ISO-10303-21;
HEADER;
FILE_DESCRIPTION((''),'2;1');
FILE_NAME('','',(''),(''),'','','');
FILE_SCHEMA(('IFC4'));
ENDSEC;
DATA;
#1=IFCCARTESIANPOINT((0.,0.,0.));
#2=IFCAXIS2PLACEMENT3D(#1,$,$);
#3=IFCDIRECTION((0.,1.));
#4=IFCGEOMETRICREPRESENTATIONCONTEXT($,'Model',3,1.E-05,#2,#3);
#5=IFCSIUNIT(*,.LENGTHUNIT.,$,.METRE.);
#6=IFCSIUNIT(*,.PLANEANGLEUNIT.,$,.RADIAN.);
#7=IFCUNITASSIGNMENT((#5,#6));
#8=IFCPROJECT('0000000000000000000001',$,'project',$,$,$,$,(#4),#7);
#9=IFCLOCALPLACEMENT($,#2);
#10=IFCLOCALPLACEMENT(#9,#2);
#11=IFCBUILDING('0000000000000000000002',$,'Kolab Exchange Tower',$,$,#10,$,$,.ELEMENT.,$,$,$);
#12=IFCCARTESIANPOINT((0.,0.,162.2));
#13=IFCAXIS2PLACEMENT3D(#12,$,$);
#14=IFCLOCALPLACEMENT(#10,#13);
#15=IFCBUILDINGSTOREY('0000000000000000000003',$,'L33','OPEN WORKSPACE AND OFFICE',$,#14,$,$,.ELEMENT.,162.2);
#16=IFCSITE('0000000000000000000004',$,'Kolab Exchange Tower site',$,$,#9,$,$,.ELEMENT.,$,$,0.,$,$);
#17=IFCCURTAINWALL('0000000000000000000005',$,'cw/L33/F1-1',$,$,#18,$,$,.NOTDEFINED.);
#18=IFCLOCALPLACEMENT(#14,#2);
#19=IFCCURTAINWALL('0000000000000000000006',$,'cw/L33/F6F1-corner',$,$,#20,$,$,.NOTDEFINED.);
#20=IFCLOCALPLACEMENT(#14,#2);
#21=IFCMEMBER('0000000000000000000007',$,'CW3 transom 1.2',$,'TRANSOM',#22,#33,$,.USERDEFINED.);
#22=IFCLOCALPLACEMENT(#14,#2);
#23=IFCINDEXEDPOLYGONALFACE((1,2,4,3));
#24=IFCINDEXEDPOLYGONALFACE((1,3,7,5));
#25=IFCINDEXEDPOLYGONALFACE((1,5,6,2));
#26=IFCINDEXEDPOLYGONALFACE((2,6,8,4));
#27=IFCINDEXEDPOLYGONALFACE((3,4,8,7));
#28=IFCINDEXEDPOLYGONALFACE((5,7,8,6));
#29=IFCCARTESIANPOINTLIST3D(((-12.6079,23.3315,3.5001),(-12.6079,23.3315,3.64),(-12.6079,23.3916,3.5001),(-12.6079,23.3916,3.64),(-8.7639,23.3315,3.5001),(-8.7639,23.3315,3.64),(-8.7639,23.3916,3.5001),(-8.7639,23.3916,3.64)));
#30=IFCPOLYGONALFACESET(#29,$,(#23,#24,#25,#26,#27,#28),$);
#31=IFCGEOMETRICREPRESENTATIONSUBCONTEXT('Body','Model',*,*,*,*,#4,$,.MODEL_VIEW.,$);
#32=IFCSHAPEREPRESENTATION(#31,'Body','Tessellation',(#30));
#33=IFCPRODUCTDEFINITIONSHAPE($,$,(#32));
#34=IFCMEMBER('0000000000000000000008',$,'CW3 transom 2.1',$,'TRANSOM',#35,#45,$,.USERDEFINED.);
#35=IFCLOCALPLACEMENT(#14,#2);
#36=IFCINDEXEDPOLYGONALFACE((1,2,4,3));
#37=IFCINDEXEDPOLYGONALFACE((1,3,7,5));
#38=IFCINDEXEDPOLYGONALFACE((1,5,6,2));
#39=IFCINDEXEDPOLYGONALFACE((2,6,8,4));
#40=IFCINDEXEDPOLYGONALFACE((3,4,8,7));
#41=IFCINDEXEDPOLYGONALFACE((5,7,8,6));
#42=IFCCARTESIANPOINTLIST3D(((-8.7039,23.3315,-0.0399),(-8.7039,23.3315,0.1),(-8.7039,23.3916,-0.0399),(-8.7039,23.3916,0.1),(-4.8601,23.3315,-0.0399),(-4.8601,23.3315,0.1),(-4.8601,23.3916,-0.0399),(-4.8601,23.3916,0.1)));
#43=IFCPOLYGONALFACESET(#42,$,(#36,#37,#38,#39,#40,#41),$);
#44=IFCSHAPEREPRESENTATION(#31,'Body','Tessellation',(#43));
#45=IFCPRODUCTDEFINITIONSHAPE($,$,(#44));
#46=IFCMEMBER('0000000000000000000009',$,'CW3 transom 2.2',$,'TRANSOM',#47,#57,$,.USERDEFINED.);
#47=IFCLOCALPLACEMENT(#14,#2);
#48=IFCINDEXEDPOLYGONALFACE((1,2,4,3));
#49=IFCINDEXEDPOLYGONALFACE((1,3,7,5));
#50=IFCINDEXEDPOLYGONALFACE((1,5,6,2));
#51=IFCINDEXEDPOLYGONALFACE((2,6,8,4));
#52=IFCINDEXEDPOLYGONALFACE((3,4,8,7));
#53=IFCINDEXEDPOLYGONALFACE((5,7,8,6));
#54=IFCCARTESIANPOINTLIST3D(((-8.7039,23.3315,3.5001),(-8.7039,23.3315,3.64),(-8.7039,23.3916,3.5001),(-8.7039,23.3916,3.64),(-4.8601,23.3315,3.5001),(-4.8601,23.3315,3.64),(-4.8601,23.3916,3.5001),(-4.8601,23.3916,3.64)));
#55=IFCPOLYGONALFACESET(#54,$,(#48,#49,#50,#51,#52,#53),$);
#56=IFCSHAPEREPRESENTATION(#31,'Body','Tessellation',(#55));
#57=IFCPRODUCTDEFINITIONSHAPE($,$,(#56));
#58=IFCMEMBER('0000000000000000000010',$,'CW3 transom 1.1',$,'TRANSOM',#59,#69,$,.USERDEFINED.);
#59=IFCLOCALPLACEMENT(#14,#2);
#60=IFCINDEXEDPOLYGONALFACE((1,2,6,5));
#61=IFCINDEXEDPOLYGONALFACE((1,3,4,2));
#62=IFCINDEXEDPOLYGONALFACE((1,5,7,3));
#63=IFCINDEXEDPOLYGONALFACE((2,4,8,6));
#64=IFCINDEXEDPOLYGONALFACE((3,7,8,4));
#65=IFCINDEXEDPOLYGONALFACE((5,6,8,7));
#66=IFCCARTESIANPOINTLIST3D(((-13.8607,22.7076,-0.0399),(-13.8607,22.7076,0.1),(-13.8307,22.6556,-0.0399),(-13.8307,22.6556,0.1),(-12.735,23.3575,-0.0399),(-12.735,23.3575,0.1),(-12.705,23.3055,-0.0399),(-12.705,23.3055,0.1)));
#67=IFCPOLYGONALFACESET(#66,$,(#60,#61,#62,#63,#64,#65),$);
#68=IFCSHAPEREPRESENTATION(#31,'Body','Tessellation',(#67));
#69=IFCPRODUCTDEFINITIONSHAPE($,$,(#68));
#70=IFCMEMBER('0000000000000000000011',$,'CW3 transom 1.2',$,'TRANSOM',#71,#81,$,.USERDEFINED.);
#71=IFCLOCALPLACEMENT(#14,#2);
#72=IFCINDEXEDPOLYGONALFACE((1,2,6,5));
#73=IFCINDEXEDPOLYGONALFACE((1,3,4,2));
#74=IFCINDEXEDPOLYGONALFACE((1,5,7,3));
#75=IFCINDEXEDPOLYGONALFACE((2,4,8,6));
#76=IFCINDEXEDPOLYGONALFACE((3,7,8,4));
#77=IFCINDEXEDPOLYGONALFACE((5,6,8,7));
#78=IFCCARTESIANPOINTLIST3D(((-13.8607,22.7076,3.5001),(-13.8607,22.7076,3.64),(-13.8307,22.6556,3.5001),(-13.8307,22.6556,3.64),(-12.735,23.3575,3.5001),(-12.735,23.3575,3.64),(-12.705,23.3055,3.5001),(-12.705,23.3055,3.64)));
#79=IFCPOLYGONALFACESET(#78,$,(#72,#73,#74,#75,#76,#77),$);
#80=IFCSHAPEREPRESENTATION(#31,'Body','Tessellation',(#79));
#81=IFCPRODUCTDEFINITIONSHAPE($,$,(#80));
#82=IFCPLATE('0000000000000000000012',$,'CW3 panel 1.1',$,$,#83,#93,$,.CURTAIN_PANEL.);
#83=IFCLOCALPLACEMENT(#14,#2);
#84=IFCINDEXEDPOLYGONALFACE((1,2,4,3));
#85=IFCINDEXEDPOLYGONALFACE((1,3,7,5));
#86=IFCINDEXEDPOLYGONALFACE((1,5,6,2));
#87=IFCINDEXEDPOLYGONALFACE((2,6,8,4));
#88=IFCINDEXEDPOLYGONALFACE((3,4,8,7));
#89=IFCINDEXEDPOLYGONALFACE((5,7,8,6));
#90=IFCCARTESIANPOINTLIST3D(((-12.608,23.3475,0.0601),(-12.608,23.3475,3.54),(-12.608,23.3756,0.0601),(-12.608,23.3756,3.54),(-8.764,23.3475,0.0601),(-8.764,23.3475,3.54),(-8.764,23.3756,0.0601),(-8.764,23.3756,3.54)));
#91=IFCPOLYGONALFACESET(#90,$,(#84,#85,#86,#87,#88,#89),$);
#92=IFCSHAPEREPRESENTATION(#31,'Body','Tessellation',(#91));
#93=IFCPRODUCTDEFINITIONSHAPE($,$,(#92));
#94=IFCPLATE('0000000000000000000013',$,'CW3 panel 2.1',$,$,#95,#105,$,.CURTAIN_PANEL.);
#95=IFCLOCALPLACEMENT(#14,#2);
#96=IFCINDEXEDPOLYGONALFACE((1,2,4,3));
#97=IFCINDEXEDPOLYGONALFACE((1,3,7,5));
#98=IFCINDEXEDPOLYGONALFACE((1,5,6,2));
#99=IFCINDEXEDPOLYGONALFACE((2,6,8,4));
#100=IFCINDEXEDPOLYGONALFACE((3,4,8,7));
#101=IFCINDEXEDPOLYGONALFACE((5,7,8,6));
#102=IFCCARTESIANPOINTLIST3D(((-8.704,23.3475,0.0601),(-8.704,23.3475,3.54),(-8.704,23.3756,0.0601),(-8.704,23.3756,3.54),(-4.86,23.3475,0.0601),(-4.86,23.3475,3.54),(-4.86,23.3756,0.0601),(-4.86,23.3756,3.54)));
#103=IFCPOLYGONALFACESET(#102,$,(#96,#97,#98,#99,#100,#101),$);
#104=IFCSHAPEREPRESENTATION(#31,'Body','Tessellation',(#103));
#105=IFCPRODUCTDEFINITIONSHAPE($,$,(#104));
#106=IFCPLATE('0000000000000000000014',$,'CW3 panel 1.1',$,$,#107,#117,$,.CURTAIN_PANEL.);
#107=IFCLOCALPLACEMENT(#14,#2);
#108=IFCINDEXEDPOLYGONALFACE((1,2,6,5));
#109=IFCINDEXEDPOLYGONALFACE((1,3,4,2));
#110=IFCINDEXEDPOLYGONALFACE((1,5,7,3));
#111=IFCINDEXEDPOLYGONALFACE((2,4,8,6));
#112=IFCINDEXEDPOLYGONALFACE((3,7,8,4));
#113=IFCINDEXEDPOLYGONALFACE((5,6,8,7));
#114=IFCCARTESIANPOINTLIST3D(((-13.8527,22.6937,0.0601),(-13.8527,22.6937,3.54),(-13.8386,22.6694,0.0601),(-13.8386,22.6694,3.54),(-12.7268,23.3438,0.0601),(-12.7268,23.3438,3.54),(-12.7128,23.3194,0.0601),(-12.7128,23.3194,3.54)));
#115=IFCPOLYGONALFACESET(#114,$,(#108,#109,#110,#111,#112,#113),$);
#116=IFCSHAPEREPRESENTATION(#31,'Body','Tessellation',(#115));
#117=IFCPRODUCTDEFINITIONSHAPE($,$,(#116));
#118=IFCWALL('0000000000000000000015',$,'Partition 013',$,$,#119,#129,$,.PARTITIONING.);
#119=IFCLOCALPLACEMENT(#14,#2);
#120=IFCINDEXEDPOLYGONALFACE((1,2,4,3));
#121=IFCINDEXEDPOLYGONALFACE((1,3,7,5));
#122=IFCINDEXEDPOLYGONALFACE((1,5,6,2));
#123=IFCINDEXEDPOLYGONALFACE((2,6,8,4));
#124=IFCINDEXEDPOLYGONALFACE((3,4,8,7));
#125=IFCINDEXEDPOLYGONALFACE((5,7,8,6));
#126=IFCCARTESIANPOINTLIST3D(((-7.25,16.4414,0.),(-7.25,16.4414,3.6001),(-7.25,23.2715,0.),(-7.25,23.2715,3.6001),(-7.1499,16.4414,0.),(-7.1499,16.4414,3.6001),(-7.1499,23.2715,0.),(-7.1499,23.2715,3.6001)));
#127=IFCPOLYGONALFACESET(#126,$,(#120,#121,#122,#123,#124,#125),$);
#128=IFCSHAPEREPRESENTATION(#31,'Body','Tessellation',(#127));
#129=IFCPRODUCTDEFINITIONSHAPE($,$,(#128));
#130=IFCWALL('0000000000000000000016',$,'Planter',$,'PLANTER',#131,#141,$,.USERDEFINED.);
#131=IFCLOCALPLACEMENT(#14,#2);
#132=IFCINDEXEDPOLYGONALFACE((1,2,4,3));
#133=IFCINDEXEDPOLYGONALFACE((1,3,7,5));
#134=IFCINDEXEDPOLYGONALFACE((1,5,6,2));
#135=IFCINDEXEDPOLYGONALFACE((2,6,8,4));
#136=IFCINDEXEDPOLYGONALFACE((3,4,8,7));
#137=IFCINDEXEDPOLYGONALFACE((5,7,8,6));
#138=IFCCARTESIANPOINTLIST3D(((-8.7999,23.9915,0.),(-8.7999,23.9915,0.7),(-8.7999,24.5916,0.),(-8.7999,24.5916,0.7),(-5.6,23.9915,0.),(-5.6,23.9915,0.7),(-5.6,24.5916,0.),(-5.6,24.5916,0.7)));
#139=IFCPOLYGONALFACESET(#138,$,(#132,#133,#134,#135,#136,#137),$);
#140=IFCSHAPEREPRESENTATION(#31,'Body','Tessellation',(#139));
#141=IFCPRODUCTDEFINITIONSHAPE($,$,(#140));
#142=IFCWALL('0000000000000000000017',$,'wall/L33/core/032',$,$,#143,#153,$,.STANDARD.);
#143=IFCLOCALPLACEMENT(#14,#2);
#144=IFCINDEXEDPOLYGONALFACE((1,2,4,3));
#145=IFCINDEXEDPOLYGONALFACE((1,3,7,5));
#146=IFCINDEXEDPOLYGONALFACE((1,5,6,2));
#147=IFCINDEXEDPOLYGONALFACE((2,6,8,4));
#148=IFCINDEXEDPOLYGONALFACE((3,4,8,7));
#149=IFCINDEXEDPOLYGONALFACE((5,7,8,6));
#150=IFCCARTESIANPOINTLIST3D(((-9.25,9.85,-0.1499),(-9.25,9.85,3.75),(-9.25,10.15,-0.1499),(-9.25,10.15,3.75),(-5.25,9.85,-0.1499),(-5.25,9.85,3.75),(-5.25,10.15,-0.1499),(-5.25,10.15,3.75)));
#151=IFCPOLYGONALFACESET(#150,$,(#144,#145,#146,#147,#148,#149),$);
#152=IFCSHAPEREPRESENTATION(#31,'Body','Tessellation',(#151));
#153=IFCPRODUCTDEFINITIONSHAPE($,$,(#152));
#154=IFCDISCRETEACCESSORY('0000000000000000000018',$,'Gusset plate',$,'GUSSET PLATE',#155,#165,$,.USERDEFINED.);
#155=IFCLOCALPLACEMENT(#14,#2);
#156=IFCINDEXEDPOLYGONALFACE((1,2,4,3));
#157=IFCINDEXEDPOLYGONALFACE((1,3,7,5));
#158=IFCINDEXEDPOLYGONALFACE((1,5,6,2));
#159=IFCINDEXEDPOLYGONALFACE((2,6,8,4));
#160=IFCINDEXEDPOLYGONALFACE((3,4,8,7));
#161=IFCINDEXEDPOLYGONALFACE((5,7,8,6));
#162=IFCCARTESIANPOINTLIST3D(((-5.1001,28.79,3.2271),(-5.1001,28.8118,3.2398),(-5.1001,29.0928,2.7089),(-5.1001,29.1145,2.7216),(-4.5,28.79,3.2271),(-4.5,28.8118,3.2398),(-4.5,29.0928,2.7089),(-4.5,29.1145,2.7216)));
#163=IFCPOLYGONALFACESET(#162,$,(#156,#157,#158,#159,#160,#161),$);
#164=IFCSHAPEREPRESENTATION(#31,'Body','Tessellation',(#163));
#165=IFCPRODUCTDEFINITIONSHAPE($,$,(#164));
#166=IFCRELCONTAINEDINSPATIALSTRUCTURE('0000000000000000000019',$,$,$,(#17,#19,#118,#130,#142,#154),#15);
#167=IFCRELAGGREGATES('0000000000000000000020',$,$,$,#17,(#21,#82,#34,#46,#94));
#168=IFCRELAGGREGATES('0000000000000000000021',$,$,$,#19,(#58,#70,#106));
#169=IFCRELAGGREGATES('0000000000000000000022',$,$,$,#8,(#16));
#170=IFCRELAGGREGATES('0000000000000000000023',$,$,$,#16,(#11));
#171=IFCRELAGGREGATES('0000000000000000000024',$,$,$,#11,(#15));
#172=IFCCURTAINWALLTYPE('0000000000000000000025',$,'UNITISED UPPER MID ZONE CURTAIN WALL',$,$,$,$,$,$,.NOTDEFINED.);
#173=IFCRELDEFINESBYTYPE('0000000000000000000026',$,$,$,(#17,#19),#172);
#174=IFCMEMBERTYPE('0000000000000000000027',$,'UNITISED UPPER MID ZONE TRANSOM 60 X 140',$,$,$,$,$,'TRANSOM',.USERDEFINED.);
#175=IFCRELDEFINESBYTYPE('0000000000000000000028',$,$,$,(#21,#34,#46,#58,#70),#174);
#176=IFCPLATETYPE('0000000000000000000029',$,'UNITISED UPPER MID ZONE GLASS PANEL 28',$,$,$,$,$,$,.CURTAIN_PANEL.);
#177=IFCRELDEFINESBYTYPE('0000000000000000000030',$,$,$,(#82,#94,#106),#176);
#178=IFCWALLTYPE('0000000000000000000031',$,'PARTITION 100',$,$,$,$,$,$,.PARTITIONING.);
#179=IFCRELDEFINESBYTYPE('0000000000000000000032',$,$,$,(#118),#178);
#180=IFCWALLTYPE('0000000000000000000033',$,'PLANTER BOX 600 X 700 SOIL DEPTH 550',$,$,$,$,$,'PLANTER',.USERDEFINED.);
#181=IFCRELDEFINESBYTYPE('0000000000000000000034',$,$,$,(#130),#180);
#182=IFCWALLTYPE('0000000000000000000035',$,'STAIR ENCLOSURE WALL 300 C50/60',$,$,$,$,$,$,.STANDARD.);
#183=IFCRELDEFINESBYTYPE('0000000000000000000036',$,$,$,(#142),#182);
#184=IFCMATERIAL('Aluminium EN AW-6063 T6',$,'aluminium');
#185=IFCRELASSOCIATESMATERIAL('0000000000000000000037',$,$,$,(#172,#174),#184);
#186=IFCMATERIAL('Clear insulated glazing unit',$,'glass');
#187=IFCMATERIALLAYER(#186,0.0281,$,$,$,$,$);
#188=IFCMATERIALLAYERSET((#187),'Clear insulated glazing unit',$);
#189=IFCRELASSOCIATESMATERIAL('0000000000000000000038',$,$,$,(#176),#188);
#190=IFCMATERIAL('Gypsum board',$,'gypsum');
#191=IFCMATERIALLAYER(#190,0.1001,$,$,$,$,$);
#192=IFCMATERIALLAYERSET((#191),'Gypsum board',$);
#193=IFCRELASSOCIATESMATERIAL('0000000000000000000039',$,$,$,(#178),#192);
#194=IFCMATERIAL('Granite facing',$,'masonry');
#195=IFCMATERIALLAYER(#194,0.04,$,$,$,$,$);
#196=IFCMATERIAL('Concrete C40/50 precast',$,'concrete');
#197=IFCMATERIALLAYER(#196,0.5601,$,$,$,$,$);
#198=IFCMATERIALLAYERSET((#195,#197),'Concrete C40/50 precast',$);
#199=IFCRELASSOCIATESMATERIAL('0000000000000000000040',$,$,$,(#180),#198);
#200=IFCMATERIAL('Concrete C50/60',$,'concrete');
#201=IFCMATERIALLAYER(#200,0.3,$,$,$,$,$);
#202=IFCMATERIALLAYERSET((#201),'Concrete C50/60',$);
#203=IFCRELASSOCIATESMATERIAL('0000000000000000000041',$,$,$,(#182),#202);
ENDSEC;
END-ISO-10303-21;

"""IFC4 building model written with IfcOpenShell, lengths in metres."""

from ifc_helpers import new_model, si_unit, direction, frame, frame_2d, origin, origin_2d, place, context, subcontext, project, spatial, rectangle, extrude, material, layer, layer_set, material_profile, profile_set, type_object, element, aggregate, save


model = new_model("IFC4")

# Units and contexts
model_context = context("Model", 3, precision=1e-05, world=origin(), true_north=direction((0.0, 1.0)))
body_context = subcontext(model_context, "Body", "Model", "MODEL_VIEW")
ifc_project = project(units=[si_unit("LENGTHUNIT", "METRE"), si_unit("PLANEANGLEUNIT", "RADIAN")], contexts=[model_context])

# Site, building, storey
site_placement = place(None, origin())
site = spatial("IfcSite", under=ifc_project, at=site_placement, Name="Kolab Exchange Tower site", CompositionType="ELEMENT", RefElevation=0.0)
building_placement = place(site_placement, origin())
building = spatial("IfcBuilding", under=site, at=building_placement, Name="Kolab Exchange Tower", CompositionType="ELEMENT")
storey_placement = place(building_placement, frame((0.0, 0.0, 162.2)))
storey = spatial("IfcBuildingStorey", under=building, at=storey_placement, Name="L33", Description="OPEN WORKSPACE AND OFFICE", CompositionType="ELEMENT", Elevation=162.2)

# Curtain wall
ifc_material_1 = material(Name="Aluminium EN AW-6063 T6", Category="aluminium")
curtain_wall_type = type_object("IfcCurtainWallType", Name="UNITISED UPPER MID ZONE CURTAIN WALL", PredefinedType="NOTDEFINED", material=ifc_material_1)
curtain_wall_1_placement = place(storey_placement, origin())
curtain_wall_1 = element("IfcCurtainWall", 1, at=curtain_wall_1_placement, inside=storey, type_object=curtain_wall_type, Name="cw/L33/F1-1", PredefinedType="NOTDEFINED")

# Curtain wall
curtain_wall_2_placement = place(storey_placement, origin())
curtain_wall_2 = element("IfcCurtainWall", 2, at=curtain_wall_2_placement, inside=storey, type_object=curtain_wall_type, Name="cw/L33/F6F1-corner", PredefinedType="NOTDEFINED")

# Members
ifc_material_profile_1 = material_profile(ifc_material_1, rectangle(XDim=0.0601, YDim=0.1399, at=origin_2d()), Name="RECT 60X140")
ifc_profile_set_1 = profile_set([ifc_material_profile_1], Name="Aluminium EN AW-6063 T6")
member_type_1 = type_object("IfcMemberType", Name="UNITISED UPPER MID ZONE TRANSOM 60 X 140", ElementType="TRANSOM", PredefinedType="USERDEFINED", material=ifc_profile_set_1)
member_1_placement = place(storey_placement, frame((-12.6079, 23.3616, 3.5701), z_axis=(1.0, 0.0, 0.0), x_axis=(0.0, 1.0, 0.0)))
member_1 = element("IfcMember", 3, at=member_1_placement, type_object=member_type_1, Name="CW3 transom 1.2", ObjectType="TRANSOM", PredefinedType="USERDEFINED", context=body_context, shape_type="SweptSolid", body=[
    extrude(rectangle(XDim=0.0601, YDim=0.1399, at=origin_2d()), origin(), (0.0, 0.0, 1.0), 3.844),
])
member_2_placement = place(storey_placement, frame((-8.7039, 23.3616, 0.03), z_axis=(1.0, 0.0, 0.0), x_axis=(0.0, 1.0, 0.0)))
member_2 = element("IfcMember", 4, at=member_2_placement, type_object=member_type_1, Name="CW3 transom 2.1", ObjectType="TRANSOM", PredefinedType="USERDEFINED", context=body_context, shape_type="SweptSolid", body=[
    extrude(rectangle(XDim=0.0601, YDim=0.1399, at=origin_2d()), origin(), (0.0, 0.0, 1.0), 3.8438),
])
member_3_placement = place(storey_placement, frame((-8.7039, 23.3616, 3.5701), z_axis=(1.0, 0.0, 0.0), x_axis=(0.0, 1.0, 0.0)))
member_3 = element("IfcMember", 5, at=member_3_placement, type_object=member_type_1, Name="CW3 transom 2.2", ObjectType="TRANSOM", PredefinedType="USERDEFINED", context=body_context, shape_type="SweptSolid", body=[
    extrude(rectangle(XDim=0.0601, YDim=0.1399, at=origin_2d()), origin(), (0.0, 0.0, 1.0), 3.8438),
])
member_4_placement = place(storey_placement, frame((-13.8457, 22.6816, 0.03), z_axis=(0.866039, 0.499977, 0.0), x_axis=(-0.499977, 0.866039, 0.0)))
member_4 = element("IfcMember", 6, at=member_4_placement, type_object=member_type_1, Name="CW3 transom 1.1", ObjectType="TRANSOM", PredefinedType="USERDEFINED", context=body_context, shape_type="SweptSolid", body=[
    extrude(rectangle(XDim=0.0601, YDim=0.1399, at=origin_2d()), origin(), (0.0, 0.0, 1.0), 1.2998),
])
member_5_placement = place(storey_placement, frame((-13.8457, 22.6816, 3.5701), z_axis=(0.866039, 0.499977, 0.0), x_axis=(-0.499977, 0.866039, 0.0)))
member_5 = element("IfcMember", 7, at=member_5_placement, type_object=member_type_1, Name="CW3 transom 1.2", ObjectType="TRANSOM", PredefinedType="USERDEFINED", context=body_context, shape_type="SweptSolid", body=[
    extrude(rectangle(XDim=0.0601, YDim=0.1399, at=origin_2d()), origin(), (0.0, 0.0, 1.0), 1.2998),
])

# Plates
ifc_material_2 = material(Name="Clear insulated glazing unit", Category="glass")
ifc_layer_1 = layer(ifc_material_2, 0.0281)
ifc_layer_set_1 = layer_set([ifc_layer_1], Name="Clear insulated glazing unit")
plate_type = type_object("IfcPlateType", Name="UNITISED UPPER MID ZONE GLASS PANEL 28", PredefinedType="CURTAIN_PANEL", material=ifc_layer_set_1)
plate_1_placement = place(storey_placement, frame((-10.686, 23.3616, 0.0601), z_axis=(0.0, 0.0, 1.0), x_axis=(1.0, 0.0, 0.0)))
plate_1 = element("IfcPlate", 8, at=plate_1_placement, type_object=plate_type, Name="CW3 panel 1.1", PredefinedType="CURTAIN_PANEL", context=body_context, shape_type="SweptSolid", body=[
    extrude(rectangle(XDim=3.844, YDim=0.0281, at=origin_2d()), origin(), (0.0, 0.0, 1.0), 3.48),
])
plate_2_placement = place(storey_placement, frame((-6.782, 23.3616, 0.0601), z_axis=(0.0, 0.0, 1.0), x_axis=(1.0, 0.0, 0.0)))
plate_2 = element("IfcPlate", 9, at=plate_2_placement, type_object=plate_type, Name="CW3 panel 2.1", PredefinedType="CURTAIN_PANEL", context=body_context, shape_type="SweptSolid", body=[
    extrude(rectangle(XDim=3.844, YDim=0.0281, at=origin_2d()), origin(), (0.0, 0.0, 1.0), 3.48),
])
aggregate(curtain_wall_1, [member_1, plate_1, member_2, member_3, plate_2])
plate_3_placement = place(storey_placement, frame((-13.2827, 23.0066, 0.0601), z_axis=(0.0, 0.0, 1.0), x_axis=(0.866025, 0.5, 0.0)))
plate_3 = element("IfcPlate", 10, at=plate_3_placement, type_object=plate_type, Name="CW3 panel 1.1", PredefinedType="CURTAIN_PANEL", context=body_context, shape_type="SweptSolid", body=[
    extrude(rectangle(XDim=1.3, YDim=0.0281, at=origin_2d()), origin(), (0.0, 0.0, 1.0), 3.48),
])
aggregate(curtain_wall_2, [member_4, member_5, plate_3])

# Walls
ifc_material_3 = material(Name="Gypsum board", Category="gypsum")
ifc_layer_2 = layer(ifc_material_3, 0.1001)
ifc_layer_set_2 = layer_set([ifc_layer_2], Name="Gypsum board")
wall_type_1 = type_object("IfcWallType", Name="PARTITION 100", PredefinedType="PARTITIONING", material=ifc_layer_set_2)
wall_1_placement = place(storey_placement, frame((-7.2, 16.4414, 0.0), z_axis=(0.0, 0.0, 1.0), x_axis=(0.0, 1.0, 0.0)))
element("IfcWall", 11, at=wall_1_placement, inside=storey, type_object=wall_type_1, Name="Partition 013", PredefinedType="PARTITIONING", context=body_context, shape_type="SweptSolid", body=[
    extrude(rectangle(XDim=6.8301, YDim=0.1001, at=frame_2d((3.415, 0.0))), origin(), (0.0, 0.0, 1.0), 3.6001),
])
ifc_material_4 = material(Name="Granite facing", Category="masonry")
ifc_layer_3 = layer(ifc_material_4, 0.04)
ifc_material_5 = material(Name="Concrete C40/50 precast", Category="concrete")
ifc_layer_4 = layer(ifc_material_5, 0.5601)
ifc_layer_set_3 = layer_set([ifc_layer_3, ifc_layer_4], Name="Concrete C40/50 precast")
wall_type_2 = type_object("IfcWallType", Name="PLANTER BOX 600 X 700 SOIL DEPTH 550", ElementType="PLANTER", PredefinedType="USERDEFINED", material=ifc_layer_set_3)
wall_2_placement = place(storey_placement, frame((-8.8, 24.2915, 0.0), z_axis=(0.0, 0.0, 1.0), x_axis=(1.0, 0.0, 0.0)))
element("IfcWall", 12, at=wall_2_placement, inside=storey, type_object=wall_type_2, Name="Planter", ObjectType="PLANTER", PredefinedType="USERDEFINED", context=body_context, shape_type="SweptSolid", body=[
    extrude(rectangle(XDim=3.2, YDim=0.6001, at=frame_2d((1.6001, 0.0))), origin(), (0.0, 0.0, 1.0), 0.7),
])
ifc_material_6 = material(Name="Concrete C50/60", Category="concrete")
ifc_layer_5 = layer(ifc_material_6, 0.3)
ifc_layer_set_4 = layer_set([ifc_layer_5], Name="Concrete C50/60")
wall_type_3 = type_object("IfcWallType", Name="STAIR ENCLOSURE WALL 300 C50/60", PredefinedType="STANDARD", material=ifc_layer_set_4)
wall_3_placement = place(storey_placement, frame((-9.25, 10.0, -0.1499), z_axis=(0.0, 0.0, 1.0), x_axis=(1.0, 0.0, 0.0)))
element("IfcWall", 13, at=wall_3_placement, inside=storey, type_object=wall_type_3, Name="wall/L33/core/032", PredefinedType="STANDARD", context=body_context, shape_type="SweptSolid", body=[
    extrude(rectangle(XDim=4.0, YDim=0.3, at=frame_2d((2.0, 0.0))), origin(), (0.0, 0.0, 1.0), 3.8999),
])

# Discrete accessory
discrete_accessory_placement = place(storey_placement, frame((-4.8, 28.9414, 2.968), z_axis=(0.0, 0.863427, 0.504474), x_axis=(-1.0, 0.0, 0.0)))
element("IfcDiscreteAccessory", 14, at=discrete_accessory_placement, inside=storey, Name="Gusset plate", ObjectType="GUSSET PLATE", PredefinedType="USERDEFINED", context=body_context, shape_type="SweptSolid", body=[
    extrude(rectangle(XDim=0.6001, YDim=0.6001, at=origin_2d()), origin(), (0.0, 0.0, 1.0), 0.0251),
])

save(model, "model.ifc")
